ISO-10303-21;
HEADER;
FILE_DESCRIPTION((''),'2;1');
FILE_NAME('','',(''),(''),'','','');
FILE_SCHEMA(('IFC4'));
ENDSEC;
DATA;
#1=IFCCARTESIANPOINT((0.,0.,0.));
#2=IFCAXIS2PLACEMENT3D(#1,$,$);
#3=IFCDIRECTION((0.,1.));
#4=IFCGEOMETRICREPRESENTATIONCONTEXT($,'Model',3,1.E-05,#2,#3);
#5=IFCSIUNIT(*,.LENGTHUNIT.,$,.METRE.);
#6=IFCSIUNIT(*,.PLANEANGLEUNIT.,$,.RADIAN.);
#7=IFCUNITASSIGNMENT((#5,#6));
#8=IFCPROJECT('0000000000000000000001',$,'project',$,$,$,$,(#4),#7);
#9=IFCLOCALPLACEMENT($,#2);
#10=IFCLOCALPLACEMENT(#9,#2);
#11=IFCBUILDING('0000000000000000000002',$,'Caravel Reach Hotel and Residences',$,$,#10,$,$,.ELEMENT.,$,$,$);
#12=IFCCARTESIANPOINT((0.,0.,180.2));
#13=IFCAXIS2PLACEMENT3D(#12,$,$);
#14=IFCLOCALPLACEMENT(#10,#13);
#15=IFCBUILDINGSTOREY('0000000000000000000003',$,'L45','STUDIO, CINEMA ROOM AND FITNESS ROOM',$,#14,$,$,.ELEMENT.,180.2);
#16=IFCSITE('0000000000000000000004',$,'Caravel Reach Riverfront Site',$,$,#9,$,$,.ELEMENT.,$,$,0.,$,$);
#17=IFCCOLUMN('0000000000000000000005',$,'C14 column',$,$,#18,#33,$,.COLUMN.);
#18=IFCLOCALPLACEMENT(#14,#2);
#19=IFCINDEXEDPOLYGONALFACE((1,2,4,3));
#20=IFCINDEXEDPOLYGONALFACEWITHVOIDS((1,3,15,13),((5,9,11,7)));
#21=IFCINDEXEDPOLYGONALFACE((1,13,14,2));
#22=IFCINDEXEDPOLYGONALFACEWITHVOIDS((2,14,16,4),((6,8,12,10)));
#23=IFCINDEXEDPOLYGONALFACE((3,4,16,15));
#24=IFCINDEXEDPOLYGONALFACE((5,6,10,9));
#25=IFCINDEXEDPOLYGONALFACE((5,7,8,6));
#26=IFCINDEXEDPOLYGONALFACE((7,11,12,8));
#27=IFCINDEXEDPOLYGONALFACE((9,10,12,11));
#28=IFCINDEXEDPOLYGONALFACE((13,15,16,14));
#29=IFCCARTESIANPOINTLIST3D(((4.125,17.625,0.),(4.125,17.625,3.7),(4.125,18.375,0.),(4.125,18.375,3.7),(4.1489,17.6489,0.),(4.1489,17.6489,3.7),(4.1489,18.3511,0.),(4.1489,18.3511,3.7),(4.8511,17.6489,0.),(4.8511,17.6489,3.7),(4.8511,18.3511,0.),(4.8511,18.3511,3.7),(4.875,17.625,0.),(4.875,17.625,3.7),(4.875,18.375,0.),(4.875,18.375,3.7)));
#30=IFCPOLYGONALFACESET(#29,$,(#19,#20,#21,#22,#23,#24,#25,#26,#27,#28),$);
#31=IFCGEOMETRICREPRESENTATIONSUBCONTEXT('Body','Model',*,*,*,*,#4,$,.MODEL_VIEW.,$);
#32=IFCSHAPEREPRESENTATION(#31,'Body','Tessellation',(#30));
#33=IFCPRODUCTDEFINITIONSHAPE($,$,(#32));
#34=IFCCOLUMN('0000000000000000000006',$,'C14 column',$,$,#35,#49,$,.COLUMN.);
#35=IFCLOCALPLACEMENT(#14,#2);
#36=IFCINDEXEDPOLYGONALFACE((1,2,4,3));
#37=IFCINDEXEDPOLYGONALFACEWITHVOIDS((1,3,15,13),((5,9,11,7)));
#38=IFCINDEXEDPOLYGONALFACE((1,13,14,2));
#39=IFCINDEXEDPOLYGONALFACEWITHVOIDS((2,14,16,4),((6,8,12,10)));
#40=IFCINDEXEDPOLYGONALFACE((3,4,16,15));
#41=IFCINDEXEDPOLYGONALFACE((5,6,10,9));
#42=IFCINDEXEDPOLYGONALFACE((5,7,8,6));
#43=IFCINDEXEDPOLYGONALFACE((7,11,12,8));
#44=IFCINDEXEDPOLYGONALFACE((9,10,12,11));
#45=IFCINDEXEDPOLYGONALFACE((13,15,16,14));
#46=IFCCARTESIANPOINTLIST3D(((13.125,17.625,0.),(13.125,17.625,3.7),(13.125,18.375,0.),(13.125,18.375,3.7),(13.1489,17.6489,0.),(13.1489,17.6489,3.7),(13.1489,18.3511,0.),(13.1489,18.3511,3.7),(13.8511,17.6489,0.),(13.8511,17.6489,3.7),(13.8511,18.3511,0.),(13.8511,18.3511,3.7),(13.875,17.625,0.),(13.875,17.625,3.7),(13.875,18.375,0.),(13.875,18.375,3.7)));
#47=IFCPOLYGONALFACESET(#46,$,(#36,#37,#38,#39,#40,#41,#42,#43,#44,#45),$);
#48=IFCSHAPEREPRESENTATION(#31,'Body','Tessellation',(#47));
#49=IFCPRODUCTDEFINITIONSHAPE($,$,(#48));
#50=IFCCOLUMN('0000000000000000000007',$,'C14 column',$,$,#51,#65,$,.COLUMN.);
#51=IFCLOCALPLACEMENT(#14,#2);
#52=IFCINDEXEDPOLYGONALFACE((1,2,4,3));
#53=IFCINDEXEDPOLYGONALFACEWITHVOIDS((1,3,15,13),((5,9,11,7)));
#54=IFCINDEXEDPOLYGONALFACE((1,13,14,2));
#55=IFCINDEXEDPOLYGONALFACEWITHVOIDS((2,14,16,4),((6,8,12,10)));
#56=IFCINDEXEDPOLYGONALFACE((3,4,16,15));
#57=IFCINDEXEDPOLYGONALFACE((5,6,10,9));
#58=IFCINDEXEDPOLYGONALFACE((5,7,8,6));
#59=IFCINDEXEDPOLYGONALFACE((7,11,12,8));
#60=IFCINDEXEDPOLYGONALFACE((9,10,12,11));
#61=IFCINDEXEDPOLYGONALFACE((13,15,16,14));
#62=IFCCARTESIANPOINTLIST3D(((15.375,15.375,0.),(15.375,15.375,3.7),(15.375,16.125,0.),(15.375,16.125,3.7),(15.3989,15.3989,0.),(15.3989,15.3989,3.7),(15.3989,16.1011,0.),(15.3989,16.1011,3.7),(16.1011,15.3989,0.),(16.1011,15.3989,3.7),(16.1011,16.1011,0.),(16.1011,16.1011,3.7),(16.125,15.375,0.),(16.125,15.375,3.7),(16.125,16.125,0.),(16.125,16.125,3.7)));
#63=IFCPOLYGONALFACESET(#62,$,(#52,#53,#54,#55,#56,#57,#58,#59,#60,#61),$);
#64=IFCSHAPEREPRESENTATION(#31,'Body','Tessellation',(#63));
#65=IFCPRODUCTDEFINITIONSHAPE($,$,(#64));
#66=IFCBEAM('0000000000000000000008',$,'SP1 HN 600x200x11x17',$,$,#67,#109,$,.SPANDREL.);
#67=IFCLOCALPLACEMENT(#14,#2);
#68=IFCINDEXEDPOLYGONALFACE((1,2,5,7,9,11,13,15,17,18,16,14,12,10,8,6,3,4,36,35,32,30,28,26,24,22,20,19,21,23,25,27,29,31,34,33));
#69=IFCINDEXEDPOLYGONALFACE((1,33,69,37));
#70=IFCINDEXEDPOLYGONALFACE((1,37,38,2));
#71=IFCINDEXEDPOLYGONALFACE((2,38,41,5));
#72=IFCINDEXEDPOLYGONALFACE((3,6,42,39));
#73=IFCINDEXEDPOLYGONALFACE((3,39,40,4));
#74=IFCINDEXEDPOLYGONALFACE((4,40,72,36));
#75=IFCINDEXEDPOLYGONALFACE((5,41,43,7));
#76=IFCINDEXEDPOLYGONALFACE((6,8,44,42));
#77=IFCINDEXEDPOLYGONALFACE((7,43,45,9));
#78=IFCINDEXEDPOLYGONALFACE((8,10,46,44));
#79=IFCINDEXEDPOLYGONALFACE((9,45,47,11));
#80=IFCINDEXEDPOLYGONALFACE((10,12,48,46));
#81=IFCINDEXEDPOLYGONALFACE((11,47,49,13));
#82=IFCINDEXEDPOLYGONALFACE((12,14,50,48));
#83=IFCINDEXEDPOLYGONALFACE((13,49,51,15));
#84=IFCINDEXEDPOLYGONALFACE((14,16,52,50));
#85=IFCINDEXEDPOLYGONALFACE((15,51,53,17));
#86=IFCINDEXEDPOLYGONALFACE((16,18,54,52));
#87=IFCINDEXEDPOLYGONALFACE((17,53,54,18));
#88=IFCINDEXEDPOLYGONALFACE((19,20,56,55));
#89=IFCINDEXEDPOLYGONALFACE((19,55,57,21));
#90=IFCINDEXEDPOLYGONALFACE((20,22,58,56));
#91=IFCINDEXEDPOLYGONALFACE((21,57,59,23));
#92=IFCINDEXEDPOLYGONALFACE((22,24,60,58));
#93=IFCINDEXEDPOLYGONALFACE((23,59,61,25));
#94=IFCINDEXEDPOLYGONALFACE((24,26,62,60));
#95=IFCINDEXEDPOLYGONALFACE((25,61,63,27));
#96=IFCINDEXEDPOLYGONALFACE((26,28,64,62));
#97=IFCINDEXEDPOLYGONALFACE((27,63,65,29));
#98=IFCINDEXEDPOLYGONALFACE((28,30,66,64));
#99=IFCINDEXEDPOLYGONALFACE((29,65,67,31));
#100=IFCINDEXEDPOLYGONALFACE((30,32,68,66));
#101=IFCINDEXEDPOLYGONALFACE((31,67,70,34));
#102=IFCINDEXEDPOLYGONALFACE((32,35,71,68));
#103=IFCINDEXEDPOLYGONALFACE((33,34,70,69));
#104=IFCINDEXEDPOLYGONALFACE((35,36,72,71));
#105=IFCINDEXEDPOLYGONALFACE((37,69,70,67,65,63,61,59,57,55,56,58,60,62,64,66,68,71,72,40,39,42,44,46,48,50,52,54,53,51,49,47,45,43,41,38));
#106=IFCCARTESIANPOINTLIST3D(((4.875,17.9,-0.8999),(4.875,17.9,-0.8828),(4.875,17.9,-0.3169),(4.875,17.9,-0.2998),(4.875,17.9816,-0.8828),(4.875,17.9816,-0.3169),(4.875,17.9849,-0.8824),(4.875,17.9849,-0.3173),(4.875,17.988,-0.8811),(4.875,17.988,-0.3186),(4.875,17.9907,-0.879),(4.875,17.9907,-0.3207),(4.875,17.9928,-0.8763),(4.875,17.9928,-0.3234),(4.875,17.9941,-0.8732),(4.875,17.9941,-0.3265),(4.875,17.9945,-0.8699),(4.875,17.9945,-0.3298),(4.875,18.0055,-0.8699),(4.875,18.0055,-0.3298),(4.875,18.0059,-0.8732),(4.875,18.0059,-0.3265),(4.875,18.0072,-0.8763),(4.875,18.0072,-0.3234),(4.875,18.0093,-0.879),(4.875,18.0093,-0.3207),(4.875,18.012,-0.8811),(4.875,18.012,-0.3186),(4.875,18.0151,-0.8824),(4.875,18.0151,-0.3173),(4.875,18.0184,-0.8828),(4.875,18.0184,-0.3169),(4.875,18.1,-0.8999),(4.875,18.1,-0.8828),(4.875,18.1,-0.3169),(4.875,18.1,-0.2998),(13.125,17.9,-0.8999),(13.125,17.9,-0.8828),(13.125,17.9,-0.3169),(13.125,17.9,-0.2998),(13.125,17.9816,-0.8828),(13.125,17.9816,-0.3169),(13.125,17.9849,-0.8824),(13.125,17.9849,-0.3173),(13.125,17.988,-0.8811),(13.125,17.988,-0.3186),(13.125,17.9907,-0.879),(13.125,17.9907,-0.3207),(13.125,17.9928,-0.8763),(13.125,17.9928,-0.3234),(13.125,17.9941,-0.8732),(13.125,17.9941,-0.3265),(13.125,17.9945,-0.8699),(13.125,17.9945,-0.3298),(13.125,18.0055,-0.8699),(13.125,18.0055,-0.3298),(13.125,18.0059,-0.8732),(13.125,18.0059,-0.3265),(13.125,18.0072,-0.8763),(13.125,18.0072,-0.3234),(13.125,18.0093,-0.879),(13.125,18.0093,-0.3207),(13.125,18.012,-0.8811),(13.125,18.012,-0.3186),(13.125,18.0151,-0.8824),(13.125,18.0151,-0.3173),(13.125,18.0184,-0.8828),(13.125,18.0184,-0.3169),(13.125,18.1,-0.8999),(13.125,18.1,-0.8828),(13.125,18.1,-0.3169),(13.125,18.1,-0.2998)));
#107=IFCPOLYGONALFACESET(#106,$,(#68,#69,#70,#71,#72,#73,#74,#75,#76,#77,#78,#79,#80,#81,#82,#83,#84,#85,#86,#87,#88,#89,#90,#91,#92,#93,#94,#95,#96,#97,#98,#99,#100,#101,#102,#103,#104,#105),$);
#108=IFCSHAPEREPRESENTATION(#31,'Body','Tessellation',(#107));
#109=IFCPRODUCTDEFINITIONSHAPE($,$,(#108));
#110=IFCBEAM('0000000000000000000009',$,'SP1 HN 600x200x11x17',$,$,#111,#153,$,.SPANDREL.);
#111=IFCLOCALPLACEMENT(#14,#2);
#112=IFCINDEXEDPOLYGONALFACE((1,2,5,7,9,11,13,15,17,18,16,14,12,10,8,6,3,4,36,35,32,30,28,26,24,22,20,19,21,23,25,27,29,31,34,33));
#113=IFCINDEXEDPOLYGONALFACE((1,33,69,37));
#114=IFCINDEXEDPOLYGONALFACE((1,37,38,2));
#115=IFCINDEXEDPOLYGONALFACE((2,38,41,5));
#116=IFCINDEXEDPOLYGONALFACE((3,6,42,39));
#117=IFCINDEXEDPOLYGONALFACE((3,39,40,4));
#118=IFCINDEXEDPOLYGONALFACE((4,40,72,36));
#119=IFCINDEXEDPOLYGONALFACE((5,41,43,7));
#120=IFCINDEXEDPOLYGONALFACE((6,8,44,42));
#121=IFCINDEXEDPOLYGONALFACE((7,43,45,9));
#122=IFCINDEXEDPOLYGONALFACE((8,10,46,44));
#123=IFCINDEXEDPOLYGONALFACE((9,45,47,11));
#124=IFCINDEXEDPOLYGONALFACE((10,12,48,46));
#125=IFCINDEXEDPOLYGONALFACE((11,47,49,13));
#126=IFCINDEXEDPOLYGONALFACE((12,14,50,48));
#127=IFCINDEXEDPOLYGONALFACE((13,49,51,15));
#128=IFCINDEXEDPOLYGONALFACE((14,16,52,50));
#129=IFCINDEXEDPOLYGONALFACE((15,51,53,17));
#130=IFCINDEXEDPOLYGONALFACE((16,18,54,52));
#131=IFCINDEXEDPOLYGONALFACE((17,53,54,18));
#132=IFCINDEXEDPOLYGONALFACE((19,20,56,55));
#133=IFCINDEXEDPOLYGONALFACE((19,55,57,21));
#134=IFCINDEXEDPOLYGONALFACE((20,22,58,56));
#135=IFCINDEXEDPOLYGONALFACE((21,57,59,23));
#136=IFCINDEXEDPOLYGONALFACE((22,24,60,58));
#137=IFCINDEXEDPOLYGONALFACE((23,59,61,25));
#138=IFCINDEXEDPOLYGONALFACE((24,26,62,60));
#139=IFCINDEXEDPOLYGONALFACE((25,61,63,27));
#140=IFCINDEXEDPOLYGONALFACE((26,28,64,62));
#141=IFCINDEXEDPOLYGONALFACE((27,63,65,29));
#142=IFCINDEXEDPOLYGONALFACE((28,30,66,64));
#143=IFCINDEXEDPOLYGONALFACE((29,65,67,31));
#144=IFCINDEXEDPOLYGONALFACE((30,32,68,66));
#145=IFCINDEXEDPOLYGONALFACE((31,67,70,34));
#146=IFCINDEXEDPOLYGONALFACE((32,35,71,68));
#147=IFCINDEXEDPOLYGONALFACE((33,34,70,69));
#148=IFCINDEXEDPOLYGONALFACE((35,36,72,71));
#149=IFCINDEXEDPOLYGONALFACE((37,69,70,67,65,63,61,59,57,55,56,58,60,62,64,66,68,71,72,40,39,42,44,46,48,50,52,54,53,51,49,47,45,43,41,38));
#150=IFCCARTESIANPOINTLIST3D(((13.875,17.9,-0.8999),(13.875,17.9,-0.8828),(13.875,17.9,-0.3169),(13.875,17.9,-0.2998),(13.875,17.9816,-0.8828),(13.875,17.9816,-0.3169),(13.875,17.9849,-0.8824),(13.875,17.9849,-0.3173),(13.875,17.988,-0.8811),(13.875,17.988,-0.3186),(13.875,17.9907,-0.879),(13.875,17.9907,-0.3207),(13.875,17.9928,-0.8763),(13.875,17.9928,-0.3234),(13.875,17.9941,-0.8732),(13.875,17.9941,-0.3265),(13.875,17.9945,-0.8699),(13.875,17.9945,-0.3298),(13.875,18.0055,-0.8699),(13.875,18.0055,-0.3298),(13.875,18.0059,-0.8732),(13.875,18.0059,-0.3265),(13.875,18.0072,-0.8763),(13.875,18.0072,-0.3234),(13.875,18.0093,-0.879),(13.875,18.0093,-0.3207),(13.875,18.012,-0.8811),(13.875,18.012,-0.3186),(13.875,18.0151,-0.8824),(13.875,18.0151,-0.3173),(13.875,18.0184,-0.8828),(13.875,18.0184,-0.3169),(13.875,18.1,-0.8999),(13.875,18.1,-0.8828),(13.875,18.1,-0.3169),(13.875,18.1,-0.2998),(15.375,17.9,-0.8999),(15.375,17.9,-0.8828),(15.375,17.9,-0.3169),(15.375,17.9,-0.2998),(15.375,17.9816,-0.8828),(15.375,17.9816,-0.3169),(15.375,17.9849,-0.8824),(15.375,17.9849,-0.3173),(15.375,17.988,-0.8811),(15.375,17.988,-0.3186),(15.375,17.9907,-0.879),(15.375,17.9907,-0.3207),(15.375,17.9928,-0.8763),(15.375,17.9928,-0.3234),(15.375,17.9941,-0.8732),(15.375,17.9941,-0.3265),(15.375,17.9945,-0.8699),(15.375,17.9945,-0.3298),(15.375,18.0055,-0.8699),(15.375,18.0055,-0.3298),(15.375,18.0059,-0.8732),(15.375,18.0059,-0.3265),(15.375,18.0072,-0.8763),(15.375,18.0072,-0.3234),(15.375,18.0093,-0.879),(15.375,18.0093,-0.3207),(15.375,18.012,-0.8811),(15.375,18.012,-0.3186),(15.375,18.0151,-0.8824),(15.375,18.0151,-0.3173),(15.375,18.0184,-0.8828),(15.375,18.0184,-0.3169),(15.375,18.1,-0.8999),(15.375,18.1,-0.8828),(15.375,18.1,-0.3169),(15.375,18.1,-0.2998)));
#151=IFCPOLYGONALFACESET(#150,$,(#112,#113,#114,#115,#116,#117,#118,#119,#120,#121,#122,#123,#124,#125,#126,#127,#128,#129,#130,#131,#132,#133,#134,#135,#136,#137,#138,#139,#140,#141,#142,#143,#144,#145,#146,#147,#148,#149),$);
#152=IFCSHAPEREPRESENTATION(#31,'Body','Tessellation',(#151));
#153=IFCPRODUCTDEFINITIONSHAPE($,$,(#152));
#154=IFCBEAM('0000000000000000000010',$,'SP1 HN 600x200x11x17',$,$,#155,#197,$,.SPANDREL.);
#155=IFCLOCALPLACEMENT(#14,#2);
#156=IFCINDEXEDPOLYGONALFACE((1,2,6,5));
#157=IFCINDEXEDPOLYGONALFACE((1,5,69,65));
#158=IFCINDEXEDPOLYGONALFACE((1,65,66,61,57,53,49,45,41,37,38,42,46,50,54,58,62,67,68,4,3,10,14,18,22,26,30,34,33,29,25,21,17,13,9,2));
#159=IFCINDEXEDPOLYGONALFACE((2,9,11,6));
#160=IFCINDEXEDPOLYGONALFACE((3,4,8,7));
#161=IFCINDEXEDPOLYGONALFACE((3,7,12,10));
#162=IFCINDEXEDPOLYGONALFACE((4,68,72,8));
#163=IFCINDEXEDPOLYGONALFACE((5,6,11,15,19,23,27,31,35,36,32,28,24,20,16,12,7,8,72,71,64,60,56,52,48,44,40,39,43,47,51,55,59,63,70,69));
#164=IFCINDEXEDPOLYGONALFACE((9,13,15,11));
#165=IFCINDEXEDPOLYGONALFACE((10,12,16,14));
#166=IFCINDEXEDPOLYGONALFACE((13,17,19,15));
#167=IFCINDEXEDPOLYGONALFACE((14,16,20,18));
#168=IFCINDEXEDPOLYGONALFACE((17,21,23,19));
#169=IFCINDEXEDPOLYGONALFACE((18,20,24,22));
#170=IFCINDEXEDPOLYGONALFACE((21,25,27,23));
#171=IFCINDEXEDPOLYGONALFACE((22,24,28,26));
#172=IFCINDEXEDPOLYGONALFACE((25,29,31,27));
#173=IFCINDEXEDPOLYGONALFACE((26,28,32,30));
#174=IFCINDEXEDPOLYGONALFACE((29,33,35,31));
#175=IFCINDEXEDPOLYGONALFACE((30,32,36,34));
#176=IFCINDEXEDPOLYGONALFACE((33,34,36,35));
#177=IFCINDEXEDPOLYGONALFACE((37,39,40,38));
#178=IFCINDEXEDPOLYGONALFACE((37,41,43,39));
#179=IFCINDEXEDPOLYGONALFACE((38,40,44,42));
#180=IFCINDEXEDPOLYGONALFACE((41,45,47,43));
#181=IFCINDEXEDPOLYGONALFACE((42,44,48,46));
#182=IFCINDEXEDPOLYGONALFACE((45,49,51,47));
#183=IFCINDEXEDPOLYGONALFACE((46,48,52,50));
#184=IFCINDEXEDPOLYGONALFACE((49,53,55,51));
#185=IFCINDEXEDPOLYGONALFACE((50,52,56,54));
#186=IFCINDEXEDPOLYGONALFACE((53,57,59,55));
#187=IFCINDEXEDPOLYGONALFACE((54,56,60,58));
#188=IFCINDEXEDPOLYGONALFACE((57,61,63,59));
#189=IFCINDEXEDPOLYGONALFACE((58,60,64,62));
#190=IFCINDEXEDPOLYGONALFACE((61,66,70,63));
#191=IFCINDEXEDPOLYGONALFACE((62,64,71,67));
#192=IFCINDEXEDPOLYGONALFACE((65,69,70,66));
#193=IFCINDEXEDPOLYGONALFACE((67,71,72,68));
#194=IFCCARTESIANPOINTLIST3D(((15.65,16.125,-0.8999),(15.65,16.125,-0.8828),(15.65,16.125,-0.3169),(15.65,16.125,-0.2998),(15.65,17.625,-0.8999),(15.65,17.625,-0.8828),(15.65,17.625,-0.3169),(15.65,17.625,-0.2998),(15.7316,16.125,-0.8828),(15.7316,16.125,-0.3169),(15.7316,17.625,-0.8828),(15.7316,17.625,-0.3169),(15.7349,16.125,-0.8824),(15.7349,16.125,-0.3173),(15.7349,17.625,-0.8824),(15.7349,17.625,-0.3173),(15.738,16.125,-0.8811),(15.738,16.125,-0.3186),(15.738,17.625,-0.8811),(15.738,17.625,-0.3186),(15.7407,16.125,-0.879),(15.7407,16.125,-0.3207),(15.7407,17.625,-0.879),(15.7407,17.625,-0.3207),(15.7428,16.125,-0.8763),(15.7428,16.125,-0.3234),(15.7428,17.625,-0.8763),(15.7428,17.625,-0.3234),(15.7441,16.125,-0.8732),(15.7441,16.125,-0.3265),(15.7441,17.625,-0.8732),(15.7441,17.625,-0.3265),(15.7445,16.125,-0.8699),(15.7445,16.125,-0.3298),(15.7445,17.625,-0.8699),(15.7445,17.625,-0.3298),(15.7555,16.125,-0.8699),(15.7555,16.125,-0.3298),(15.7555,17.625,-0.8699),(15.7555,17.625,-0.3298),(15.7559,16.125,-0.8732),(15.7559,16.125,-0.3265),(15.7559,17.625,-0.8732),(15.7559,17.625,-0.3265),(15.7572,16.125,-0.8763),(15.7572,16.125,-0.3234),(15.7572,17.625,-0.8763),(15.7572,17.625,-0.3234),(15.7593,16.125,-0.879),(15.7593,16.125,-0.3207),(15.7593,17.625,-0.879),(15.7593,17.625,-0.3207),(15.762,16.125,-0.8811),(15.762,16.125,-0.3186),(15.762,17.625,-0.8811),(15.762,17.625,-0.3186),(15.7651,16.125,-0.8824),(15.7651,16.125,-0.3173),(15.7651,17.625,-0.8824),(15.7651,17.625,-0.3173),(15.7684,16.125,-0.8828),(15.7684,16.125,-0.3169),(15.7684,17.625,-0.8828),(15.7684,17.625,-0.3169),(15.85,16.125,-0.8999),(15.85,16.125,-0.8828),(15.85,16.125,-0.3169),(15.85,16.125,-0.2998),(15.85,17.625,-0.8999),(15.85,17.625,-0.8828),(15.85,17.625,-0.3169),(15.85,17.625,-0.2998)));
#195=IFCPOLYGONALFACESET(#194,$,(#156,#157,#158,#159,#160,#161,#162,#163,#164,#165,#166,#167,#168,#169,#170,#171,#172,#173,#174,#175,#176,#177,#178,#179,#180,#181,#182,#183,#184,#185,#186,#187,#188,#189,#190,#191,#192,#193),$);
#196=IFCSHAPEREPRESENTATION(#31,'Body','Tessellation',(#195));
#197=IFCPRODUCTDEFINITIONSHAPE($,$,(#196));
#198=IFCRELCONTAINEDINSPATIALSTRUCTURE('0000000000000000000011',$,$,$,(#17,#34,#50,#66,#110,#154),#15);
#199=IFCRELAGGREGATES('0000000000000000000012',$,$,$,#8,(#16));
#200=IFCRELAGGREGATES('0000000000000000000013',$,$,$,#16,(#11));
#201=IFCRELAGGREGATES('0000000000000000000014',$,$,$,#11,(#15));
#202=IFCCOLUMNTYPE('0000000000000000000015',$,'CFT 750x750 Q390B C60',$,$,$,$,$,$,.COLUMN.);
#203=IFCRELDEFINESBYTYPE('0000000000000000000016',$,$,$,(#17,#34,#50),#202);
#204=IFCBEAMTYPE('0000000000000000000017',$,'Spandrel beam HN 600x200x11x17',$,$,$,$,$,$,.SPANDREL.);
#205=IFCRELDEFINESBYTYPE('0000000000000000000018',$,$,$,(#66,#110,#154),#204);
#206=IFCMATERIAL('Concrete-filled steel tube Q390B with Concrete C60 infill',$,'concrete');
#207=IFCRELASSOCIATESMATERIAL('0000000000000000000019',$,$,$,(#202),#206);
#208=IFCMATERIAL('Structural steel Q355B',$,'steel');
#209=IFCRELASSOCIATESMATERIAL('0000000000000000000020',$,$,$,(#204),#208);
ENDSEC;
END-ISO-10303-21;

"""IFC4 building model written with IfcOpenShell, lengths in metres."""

from ifc_helpers import new_model, si_unit, direction, frame, origin, origin_2d, place, context, subcontext, project, spatial, hollow_rectangle, i_section, extrude, material, material_profile, profile_set, type_object, element, save


model = new_model("IFC4")

# Units and contexts
model_context = context("Model", 3, precision=1e-05, world=origin(), true_north=direction((0.0, 1.0)))
body_context = subcontext(model_context, "Body", "Model", "MODEL_VIEW")
ifc_project = project(units=[si_unit("LENGTHUNIT", "METRE"), si_unit("PLANEANGLEUNIT", "RADIAN")], contexts=[model_context])

# Site, building, storey
site_placement = place(None, origin())
site = spatial("IfcSite", under=ifc_project, at=site_placement, Name="Caravel Reach Riverfront Site", CompositionType="ELEMENT", RefElevation=0.0)
building_placement = place(site_placement, origin())
building = spatial("IfcBuilding", under=site, at=building_placement, Name="Caravel Reach Hotel and Residences", CompositionType="ELEMENT")
storey_placement = place(building_placement, frame((0.0, 0.0, 180.2)))
storey = spatial("IfcBuildingStorey", under=building, at=storey_placement, Name="L45", Description="STUDIO, CINEMA ROOM AND FITNESS ROOM", CompositionType="ELEMENT", Elevation=180.2)

# Columns
ifc_material_1 = material(Name="Concrete-filled steel tube Q390B with Concrete C60 infill", Category="concrete")
ifc_material_profile_1 = material_profile(ifc_material_1, hollow_rectangle(XDim=0.75, YDim=0.75, WallThickness=0.0239, at=origin_2d()), Name="RHS 750x750x24")
ifc_profile_set_1 = profile_set([ifc_material_profile_1], Name="Concrete-filled steel tube Q390B with Concrete C60 infill")
column_type = type_object("IfcColumnType", Name="CFT 750x750 Q390B C60", PredefinedType="COLUMN", material=ifc_profile_set_1)
for number, where, z_axis, x_axis, name in (
    (1, (4.5, 18.0, 0.0), (0.0, 0.0, 1.0), (1.0, 0.0, 0.0), "C14 column"),
    (2, (13.5, 18.0, 0.0), (0.0, 0.0, 1.0), (1.0, 0.0, 0.0), "C14 column"),
    (3, (15.75, 15.75, 0.0), (0.0, 0.0, 1.0), (1.0, 0.0, 0.0), "C14 column"),
):
    element("IfcColumn", number, at=place(storey_placement, frame(where, z_axis=z_axis, x_axis=x_axis)), inside=storey, type_object=column_type, Name=name, PredefinedType="COLUMN", context=body_context, shape_type="SweptSolid", body=[
        extrude(hollow_rectangle(XDim=0.75, YDim=0.75, WallThickness=0.0239, at=origin_2d()), origin(), (0.0, 0.0, 1.0), 3.7),
    ])

# Beams
ifc_material_2 = material(Name="Structural steel Q355B", Category="steel")
ifc_material_profile_2 = material_profile(ifc_material_2, i_section(OverallWidth=0.2, OverallDepth=0.6001, WebThickness=0.011, FlangeThickness=0.0171, FilletRadius=0.0129, at=origin_2d()), Name="HN 600x200x11x17")
ifc_profile_set_2 = profile_set([ifc_material_profile_2], Name="Structural steel Q355B")
beam_type = type_object("IfcBeamType", Name="Spandrel beam HN 600x200x11x17", PredefinedType="SPANDREL", material=ifc_profile_set_2)
beam_placement = place(storey_placement, frame((4.875, 18.0, -0.5999), z_axis=(1.0, 0.0, 0.0), x_axis=(0.0, 1.0, 0.0)))
element("IfcBeam", 4, at=beam_placement, inside=storey, type_object=beam_type, Name="SP1 HN 600x200x11x17", PredefinedType="SPANDREL", context=body_context, shape_type="SweptSolid", body=[
    extrude(i_section(OverallWidth=0.2, OverallDepth=0.6001, WebThickness=0.011, FlangeThickness=0.0171, FilletRadius=0.0129, at=origin_2d()), origin(), (0.0, 0.0, 1.0), 8.25),
])
for number, where, z_axis, x_axis, name in (
    (5, (13.875, 18.0, -0.5999), (1.0, 0.0, 0.0), (0.0, 1.0, 0.0), "SP1 HN 600x200x11x17"),
    (6, (15.75, 17.625, -0.5999), (0.0, -1.0, 0.0), (1.0, 0.0, 0.0), "SP1 HN 600x200x11x17"),
):
    element("IfcBeam", number, at=place(storey_placement, frame(where, z_axis=z_axis, x_axis=x_axis)), inside=storey, type_object=beam_type, Name=name, PredefinedType="SPANDREL", context=body_context, shape_type="SweptSolid", body=[
        extrude(i_section(OverallWidth=0.2, OverallDepth=0.6001, WebThickness=0.011, FlangeThickness=0.0171, FilletRadius=0.0129, at=origin_2d()), origin(), (0.0, 0.0, 1.0), 1.5),
    ])

save(model, "model.ifc")
